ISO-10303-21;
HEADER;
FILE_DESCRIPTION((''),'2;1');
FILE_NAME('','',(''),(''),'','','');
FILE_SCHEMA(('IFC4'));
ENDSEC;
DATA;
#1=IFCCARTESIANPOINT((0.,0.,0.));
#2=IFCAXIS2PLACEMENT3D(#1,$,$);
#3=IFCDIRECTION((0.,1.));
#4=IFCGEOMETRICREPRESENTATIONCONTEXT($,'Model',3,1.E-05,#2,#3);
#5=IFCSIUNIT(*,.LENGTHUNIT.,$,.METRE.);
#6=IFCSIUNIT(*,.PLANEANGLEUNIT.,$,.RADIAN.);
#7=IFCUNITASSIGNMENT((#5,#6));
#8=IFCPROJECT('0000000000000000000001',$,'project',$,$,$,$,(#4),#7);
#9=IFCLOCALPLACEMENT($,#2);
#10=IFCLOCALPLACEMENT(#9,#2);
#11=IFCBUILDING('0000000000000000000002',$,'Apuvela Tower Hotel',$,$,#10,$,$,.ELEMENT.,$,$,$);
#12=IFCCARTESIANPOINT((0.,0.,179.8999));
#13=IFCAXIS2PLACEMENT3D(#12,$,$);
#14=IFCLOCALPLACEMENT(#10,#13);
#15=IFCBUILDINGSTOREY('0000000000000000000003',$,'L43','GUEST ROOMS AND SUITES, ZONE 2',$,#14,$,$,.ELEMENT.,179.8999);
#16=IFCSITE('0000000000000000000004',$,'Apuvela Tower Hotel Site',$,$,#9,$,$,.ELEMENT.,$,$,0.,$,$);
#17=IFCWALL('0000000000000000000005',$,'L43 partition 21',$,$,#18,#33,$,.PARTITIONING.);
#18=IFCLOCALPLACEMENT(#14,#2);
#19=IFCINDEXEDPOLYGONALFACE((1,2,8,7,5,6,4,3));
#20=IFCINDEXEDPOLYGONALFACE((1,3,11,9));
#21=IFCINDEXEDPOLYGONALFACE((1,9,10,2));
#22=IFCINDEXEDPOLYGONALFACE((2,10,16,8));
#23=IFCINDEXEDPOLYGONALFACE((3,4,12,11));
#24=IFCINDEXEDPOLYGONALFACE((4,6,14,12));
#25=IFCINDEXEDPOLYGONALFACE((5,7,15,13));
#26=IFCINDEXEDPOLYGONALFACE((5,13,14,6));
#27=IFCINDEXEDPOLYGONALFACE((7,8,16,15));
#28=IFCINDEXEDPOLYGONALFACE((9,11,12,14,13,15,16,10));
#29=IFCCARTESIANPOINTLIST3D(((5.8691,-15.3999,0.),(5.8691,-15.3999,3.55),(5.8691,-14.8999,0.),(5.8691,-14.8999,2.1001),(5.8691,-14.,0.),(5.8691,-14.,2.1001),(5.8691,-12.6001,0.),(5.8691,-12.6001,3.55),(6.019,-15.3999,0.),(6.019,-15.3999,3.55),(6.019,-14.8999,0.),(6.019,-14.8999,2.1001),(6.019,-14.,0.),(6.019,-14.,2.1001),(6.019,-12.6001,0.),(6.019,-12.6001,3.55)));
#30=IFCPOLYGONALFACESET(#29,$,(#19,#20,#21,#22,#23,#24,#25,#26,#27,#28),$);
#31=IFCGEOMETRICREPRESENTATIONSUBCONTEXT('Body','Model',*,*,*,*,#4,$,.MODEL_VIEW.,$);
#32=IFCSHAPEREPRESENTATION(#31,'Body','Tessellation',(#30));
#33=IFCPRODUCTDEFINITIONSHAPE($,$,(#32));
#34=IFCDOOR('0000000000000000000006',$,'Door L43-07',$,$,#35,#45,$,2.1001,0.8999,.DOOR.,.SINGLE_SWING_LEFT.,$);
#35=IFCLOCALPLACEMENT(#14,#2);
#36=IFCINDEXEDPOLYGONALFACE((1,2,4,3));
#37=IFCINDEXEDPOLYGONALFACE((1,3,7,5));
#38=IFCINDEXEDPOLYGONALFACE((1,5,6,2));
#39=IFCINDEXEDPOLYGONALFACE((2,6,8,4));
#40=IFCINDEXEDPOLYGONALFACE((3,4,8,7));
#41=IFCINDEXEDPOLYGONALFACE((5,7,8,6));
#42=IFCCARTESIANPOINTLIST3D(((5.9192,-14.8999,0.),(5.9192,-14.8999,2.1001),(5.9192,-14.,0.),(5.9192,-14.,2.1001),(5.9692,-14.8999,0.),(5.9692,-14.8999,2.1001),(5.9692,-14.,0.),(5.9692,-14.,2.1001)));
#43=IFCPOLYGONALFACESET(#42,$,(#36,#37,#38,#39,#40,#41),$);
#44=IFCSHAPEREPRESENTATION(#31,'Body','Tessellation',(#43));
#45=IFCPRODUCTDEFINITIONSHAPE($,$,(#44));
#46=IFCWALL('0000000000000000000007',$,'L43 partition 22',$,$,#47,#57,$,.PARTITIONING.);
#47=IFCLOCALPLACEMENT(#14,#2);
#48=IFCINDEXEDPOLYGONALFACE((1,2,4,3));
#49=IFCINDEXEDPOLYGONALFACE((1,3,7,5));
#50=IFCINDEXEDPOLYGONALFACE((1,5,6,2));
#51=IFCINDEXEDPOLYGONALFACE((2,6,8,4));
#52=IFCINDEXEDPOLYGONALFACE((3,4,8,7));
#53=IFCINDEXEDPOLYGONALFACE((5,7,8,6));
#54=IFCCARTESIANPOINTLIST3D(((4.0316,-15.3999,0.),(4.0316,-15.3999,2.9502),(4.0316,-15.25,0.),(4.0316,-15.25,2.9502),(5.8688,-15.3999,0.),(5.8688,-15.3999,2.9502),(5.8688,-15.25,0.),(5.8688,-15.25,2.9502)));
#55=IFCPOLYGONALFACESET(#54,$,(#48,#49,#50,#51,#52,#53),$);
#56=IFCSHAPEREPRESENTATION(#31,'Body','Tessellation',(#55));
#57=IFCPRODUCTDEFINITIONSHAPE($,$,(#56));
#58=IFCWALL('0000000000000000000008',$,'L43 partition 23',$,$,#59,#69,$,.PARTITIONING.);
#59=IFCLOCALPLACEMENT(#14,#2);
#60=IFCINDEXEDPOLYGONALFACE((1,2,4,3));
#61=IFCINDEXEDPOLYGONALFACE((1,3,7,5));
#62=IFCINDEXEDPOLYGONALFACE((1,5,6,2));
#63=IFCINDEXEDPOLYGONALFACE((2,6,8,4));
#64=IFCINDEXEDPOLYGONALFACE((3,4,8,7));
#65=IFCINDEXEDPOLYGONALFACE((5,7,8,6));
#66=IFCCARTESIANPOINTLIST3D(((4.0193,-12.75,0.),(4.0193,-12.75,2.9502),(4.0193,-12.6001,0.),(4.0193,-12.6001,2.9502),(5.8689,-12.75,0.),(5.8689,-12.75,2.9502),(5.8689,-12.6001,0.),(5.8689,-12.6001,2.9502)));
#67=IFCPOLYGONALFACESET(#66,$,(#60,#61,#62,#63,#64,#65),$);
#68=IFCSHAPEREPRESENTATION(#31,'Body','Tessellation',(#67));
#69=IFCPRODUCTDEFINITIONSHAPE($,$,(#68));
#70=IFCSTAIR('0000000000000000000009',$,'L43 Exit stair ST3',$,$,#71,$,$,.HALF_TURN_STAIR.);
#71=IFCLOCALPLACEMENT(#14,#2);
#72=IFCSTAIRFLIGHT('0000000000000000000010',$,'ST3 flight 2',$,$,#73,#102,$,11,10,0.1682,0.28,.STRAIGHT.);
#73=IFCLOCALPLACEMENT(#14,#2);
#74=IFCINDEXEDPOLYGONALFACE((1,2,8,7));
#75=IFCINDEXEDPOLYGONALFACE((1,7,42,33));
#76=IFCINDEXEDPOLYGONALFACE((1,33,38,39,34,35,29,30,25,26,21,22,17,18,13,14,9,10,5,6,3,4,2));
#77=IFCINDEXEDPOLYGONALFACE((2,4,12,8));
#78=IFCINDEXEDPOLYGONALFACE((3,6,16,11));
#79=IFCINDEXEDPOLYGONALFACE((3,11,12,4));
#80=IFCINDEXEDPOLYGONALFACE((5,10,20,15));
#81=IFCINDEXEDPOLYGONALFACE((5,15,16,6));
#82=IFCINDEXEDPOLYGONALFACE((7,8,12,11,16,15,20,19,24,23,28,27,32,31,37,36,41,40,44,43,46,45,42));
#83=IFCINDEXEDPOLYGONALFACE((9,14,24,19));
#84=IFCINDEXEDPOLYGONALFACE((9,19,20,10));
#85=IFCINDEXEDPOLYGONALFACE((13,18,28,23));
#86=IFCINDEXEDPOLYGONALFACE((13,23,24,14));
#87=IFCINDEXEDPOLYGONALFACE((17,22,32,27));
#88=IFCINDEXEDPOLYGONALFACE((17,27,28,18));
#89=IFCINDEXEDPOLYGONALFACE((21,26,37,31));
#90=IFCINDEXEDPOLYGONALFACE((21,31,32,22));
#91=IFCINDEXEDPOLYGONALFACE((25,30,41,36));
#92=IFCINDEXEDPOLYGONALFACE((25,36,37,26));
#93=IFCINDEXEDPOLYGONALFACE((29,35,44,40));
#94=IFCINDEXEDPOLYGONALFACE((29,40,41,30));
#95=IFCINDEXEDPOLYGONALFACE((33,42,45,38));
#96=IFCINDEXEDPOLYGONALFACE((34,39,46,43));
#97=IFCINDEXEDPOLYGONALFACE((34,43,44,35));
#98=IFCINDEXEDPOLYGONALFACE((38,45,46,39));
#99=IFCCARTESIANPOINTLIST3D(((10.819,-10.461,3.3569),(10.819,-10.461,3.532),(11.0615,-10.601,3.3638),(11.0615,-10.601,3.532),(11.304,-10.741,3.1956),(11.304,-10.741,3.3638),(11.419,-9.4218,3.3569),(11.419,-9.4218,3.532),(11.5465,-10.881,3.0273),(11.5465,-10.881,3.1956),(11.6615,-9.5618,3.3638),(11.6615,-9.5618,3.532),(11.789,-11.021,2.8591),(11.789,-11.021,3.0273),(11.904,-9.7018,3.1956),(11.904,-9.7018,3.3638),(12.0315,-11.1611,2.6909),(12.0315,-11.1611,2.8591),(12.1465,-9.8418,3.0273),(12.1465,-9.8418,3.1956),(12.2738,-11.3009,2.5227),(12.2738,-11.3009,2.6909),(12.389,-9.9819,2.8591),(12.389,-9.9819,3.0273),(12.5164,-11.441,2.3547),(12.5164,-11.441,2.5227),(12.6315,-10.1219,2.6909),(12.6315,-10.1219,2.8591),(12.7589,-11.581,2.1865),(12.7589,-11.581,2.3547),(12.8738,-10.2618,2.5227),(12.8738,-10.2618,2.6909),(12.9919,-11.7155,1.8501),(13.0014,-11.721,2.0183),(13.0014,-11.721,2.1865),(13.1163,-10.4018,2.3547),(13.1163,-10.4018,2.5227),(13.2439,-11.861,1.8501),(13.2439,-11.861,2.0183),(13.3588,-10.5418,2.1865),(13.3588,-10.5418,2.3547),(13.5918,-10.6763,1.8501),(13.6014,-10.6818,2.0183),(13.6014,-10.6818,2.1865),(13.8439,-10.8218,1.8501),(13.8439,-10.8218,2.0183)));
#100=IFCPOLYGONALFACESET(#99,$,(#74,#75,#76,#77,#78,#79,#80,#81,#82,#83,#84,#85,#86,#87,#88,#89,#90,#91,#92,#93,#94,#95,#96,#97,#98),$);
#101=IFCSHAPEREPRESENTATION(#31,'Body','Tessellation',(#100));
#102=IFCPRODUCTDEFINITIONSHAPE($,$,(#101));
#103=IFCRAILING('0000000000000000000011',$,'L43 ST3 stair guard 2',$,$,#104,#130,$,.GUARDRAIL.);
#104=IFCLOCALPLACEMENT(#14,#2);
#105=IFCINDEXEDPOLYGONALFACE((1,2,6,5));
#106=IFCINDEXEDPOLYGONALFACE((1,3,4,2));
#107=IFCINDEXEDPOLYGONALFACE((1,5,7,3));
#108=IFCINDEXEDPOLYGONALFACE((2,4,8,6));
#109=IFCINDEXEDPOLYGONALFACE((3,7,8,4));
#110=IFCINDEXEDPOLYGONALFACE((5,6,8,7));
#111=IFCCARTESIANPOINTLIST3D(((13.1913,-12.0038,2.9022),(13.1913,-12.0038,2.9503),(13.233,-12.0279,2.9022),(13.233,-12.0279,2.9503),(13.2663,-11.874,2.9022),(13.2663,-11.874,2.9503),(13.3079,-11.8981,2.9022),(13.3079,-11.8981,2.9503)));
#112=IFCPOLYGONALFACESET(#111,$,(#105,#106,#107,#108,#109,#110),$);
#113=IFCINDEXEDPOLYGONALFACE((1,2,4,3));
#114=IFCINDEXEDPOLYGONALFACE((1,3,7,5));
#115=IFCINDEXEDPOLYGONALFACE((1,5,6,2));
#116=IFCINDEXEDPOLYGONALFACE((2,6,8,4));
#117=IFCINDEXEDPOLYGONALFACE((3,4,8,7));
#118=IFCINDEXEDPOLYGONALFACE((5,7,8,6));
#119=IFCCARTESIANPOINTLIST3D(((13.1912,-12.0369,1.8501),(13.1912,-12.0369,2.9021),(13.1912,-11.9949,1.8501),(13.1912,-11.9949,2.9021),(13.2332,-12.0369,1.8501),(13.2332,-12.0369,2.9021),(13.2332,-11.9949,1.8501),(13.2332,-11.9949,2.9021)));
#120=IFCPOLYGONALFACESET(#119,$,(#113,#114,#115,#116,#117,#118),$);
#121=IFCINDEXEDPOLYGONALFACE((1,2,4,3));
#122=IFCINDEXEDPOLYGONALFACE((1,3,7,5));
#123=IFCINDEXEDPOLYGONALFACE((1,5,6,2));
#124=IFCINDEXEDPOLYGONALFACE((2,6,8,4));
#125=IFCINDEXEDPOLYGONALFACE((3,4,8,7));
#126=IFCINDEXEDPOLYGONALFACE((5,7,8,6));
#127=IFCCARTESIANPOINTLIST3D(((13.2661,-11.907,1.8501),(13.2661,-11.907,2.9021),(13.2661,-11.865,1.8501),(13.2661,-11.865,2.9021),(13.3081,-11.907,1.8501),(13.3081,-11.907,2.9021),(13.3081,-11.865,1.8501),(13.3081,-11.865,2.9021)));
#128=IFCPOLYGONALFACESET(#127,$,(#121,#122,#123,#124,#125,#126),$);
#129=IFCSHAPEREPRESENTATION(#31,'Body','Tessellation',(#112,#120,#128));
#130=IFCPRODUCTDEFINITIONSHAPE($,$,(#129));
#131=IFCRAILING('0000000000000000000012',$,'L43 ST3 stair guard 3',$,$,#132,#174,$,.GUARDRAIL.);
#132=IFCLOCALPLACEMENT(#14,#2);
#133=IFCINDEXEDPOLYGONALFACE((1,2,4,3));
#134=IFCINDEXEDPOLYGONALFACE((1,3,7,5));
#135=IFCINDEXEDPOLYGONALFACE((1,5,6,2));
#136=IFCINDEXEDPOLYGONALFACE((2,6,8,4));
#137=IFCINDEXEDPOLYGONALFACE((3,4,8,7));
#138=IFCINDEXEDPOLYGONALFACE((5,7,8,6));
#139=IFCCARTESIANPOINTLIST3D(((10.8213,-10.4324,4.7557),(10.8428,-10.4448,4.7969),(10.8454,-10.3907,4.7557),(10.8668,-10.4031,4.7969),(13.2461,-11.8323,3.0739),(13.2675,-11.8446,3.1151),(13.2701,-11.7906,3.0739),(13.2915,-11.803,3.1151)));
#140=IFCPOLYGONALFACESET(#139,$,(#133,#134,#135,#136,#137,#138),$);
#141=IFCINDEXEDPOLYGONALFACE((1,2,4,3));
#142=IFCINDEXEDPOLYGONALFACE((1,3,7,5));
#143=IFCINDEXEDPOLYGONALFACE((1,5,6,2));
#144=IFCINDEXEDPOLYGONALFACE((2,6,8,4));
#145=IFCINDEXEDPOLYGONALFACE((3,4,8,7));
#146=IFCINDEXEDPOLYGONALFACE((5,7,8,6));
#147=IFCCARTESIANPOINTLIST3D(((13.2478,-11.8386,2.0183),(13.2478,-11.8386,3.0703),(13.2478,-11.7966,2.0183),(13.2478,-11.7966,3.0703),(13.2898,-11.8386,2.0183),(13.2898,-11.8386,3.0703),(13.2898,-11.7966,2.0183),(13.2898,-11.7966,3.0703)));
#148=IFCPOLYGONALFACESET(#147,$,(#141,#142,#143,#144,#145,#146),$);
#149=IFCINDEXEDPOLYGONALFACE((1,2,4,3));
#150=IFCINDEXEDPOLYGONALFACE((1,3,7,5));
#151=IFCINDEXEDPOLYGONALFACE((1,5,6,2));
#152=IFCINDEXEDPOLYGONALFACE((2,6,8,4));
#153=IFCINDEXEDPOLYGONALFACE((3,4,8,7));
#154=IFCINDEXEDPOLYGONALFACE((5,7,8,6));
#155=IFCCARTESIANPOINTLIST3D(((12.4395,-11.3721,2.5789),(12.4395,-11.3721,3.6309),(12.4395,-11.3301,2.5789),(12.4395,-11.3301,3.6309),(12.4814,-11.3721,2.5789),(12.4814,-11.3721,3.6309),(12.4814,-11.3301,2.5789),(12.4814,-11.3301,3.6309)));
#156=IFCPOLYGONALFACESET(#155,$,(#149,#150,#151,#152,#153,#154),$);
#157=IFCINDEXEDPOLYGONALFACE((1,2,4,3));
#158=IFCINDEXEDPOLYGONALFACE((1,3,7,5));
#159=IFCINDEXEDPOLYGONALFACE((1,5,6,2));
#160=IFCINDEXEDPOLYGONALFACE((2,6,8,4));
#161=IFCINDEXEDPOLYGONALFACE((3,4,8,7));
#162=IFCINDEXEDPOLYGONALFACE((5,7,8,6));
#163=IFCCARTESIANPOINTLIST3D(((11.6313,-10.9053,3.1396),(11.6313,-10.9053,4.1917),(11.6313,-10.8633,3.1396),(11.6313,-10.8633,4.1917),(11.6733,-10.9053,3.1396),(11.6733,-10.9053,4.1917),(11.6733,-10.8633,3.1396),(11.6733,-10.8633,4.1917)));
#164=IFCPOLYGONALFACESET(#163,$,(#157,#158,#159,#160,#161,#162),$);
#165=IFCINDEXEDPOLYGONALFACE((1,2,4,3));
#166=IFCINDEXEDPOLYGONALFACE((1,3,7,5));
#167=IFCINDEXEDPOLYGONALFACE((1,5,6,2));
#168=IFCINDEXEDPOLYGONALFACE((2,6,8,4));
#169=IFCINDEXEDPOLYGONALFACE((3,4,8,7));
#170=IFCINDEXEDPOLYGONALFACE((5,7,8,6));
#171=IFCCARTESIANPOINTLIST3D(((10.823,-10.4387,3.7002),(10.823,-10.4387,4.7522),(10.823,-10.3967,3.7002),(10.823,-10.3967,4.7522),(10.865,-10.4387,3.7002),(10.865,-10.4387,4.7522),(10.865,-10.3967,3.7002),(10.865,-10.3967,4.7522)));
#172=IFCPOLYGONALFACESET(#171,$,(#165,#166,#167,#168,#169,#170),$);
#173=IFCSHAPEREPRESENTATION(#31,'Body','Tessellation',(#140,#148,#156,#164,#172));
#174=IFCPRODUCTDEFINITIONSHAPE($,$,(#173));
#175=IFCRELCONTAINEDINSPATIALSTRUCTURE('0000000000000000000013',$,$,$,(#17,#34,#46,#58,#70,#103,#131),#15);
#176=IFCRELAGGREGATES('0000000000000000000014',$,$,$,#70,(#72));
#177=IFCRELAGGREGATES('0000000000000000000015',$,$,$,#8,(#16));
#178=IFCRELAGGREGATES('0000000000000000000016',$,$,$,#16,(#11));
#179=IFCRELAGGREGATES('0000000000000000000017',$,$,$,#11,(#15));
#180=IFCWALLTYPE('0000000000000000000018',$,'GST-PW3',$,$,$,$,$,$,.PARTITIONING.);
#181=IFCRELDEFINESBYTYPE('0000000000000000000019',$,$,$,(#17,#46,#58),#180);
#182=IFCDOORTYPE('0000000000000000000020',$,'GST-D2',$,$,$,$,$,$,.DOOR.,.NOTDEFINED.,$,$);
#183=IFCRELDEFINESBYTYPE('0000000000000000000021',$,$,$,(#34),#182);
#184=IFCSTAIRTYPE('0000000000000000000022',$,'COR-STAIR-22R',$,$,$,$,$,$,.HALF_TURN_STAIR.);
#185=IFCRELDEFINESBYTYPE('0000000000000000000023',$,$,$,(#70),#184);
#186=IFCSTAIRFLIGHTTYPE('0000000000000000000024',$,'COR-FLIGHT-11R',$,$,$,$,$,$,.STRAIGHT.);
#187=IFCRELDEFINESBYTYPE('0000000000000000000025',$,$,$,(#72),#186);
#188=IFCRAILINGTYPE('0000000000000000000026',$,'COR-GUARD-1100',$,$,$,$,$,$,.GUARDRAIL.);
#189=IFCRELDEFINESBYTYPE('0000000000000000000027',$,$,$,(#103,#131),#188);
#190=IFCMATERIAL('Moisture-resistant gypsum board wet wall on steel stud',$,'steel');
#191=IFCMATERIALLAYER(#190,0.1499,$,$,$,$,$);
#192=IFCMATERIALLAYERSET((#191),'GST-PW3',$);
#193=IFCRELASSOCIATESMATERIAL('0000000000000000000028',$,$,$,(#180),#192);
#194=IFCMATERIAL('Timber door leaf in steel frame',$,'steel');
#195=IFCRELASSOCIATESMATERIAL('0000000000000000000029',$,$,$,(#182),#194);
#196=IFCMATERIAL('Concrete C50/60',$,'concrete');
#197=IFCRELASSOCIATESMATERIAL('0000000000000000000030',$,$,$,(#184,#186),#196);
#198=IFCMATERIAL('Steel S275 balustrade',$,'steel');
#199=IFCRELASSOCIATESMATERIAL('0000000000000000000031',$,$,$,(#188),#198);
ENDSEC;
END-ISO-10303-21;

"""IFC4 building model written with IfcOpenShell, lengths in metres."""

from ifc_helpers import new_model, si_unit, direction, frame, frame_2d, origin, origin_2d, place, context, subcontext, project, spatial, polyline, rectangle, outline, extrude, material, layer, layer_set, type_object, element, fill, aggregate, save


model = new_model("IFC4")

# Units and contexts
model_context = context("Model", 3, precision=1e-05, world=origin(), true_north=direction((0.0, 1.0)))
body_context = subcontext(model_context, "Body", "Model", "MODEL_VIEW")
ifc_project = project(units=[si_unit("LENGTHUNIT", "METRE"), si_unit("PLANEANGLEUNIT", "RADIAN")], contexts=[model_context])

# Site, building, storey
site_placement = place(None, origin())
site = spatial("IfcSite", under=ifc_project, at=site_placement, Name="Apuvela Tower Hotel Site", CompositionType="ELEMENT", RefElevation=0.0)
building_placement = place(site_placement, origin())
building = spatial("IfcBuilding", under=site, at=building_placement, Name="Apuvela Tower Hotel", CompositionType="ELEMENT")
storey_placement = place(building_placement, frame((0.0, 0.0, 179.8999)))
storey = spatial("IfcBuildingStorey", under=building, at=storey_placement, Name="L43", Description="GUEST ROOMS AND SUITES, ZONE 2", CompositionType="ELEMENT", Elevation=179.8999)

# Wall, opening, door
ifc_material_1 = material(Name="Moisture-resistant gypsum board wet wall on steel stud", Category="steel")
ifc_layer_1 = layer(ifc_material_1, 0.1499)
ifc_layer_set_1 = layer_set([ifc_layer_1], Name="GST-PW3")
wall_type_1 = type_object("IfcWallType", Name="GST-PW3", PredefinedType="PARTITIONING", material=ifc_layer_set_1)
wall_1_placement = place(storey_placement, frame((5.9441, -15.3999, 0.0), z_axis=(0.0, 0.0, 1.0), x_axis=(0.0, 1.0, 0.0)))
wall_1 = element("IfcWall", 1, at=wall_1_placement, inside=storey, type_object=wall_type_1, Name="L43 partition 21", PredefinedType="PARTITIONING", context=body_context, shape_type="SweptSolid", body=[
    extrude(rectangle(XDim=2.7998, YDim=0.1499, at=frame_2d((1.3999, 0.0))), origin(), (0.0, 0.0, 1.0), 3.55),
])
opening_1_placement = place(wall_1_placement, frame((0.5, 0.0, 0.0)))
opening_1 = element("IfcOpeningElement", 2, at=opening_1_placement, cuts=wall_1, PredefinedType="OPENING", context=body_context, shape_type="SweptSolid", body=[
    extrude(rectangle(XDim=0.8999, YDim=2.1001, at=frame_2d((0.45, 1.05))), frame((0.0, 0.085, 0.0), z_axis=(0.0, -1.0, 0.0), x_axis=(1.0, 0.0, 0.0)), (0.0, 0.0, 1.0), 0.1699),
])
ifc_material_2 = material(Name="Timber door leaf in steel frame", Category="steel")
door_type_1 = type_object("IfcDoorType", Name="GST-D2", OperationType="NOTDEFINED", PredefinedType="DOOR", material=ifc_material_2)
door_1_placement = place(opening_1_placement, origin())
door_1 = element("IfcDoor", 3, at=door_1_placement, inside=storey, type_object=door_type_1, Name="Door L43-07", OperationType="SINGLE_SWING_LEFT", OverallHeight=2.1001, OverallWidth=0.8999, PredefinedType="DOOR", context=body_context, shape_type="SweptSolid", body=[
    extrude(rectangle(XDim=0.8999, YDim=2.1001, at=frame_2d((0.45, 1.05))), frame((0.0, 0.0249, 0.0), z_axis=(0.0, -1.0, 0.0), x_axis=(1.0, 0.0, 0.0)), (0.0, 0.0, 1.0), 0.05),
])
fill(opening_1, door_1)

# Walls
wall_2_placement = place(storey_placement, frame((4.0317, -15.325, 0.0), z_axis=(0.0, 0.0, 1.0), x_axis=(1.0, 0.0, 0.0)))
element("IfcWall", 4, at=wall_2_placement, inside=storey, type_object=wall_type_1, Name="L43 partition 22", PredefinedType="PARTITIONING", context=body_context, shape_type="SweptSolid", body=[
    extrude(rectangle(XDim=1.8372, YDim=0.1499, at=frame_2d((0.9185, 0.0))), origin(), (0.0, 0.0, 1.0), 2.9502),
])
wall_3_placement = place(storey_placement, frame((4.0193, -12.675, 0.0), z_axis=(0.0, 0.0, 1.0), x_axis=(1.0, 0.0, 0.0)))
element("IfcWall", 5, at=wall_3_placement, inside=storey, type_object=wall_type_1, Name="L43 partition 23", PredefinedType="PARTITIONING", context=body_context, shape_type="SweptSolid", body=[
    extrude(rectangle(XDim=1.8496, YDim=0.1499, at=frame_2d((0.9248, 0.0))), origin(), (0.0, 0.0, 1.0), 2.9502),
])

# Stair, stair flight
ifc_material_3 = material(Name="Concrete C50/60", Category="concrete")
stair_type = type_object("IfcStairType", Name="COR-STAIR-22R", PredefinedType="HALF_TURN_STAIR", material=ifc_material_3)
stair_placement = place(storey_placement, origin())
stair = element("IfcStair", 6, at=stair_placement, inside=storey, type_object=stair_type, Name="L43 Exit stair ST3", PredefinedType="HALF_TURN_STAIR")
stair_flight_type = type_object("IfcStairFlightType", Name="COR-FLIGHT-11R", PredefinedType="STRAIGHT", material=ifc_material_3)
stair_flight_placement = place(storey_placement, frame((13.5439, -11.3413, 1.8501), z_axis=(0.0, 0.0, 1.0), x_axis=(-0.866025, 0.5, 0.0)))
stair_flight = element("IfcStairFlight", 7, at=stair_flight_placement, type_object=stair_flight_type, Name="ST3 flight 2", NumberOfRisers=11, NumberOfTreads=10, PredefinedType="STRAIGHT", RiserHeight=0.1682, TreadLength=0.28, context=body_context, shape_type="SweptSolid", body=[
    extrude(outline(polyline([(0.0, 0.0), (0.0, 0.1682), (0.28, 0.1682), (0.28, 0.3364), (0.5601, 0.3364), (0.5601, 0.5046), (0.8401, 0.5046), (0.8401, 0.6726), (1.1201, 0.6726), (1.1201, 0.8408), (1.3999, 0.8408), (1.3999, 1.009), (1.6799, 1.009), (1.6799, 1.1772), (1.96, 1.1772), (1.96, 1.3455), (2.24, 1.3455), (2.24, 1.5137), (2.52, 1.5137), (2.52, 1.6819), (2.8, 1.6819), (2.8, 1.8501), (2.8, 1.5068), (0.291, 0.0), (0.0, 0.0)])), frame((0.0, 0.6001, 0.0), z_axis=(0.0, -1.0, 0.0), x_axis=(1.0, 0.0, 0.0)), (0.0, 0.0, 1.0), 1.2),
])
aggregate(stair, [stair_flight])

# Railings
ifc_material_4 = material(Name="Steel S275 balustrade", Category="steel")
railing_type_1 = type_object("IfcRailingType", Name="COR-GUARD-1100", PredefinedType="GUARDRAIL", material=ifc_material_4)
railing_1_placement = place(storey_placement, frame((13.2122, -12.0159, 1.8501)))
element("IfcRailing", 8, at=railing_1_placement, inside=storey, type_object=railing_type_1, Name="L43 ST3 stair guard 2", PredefinedType="GUARDRAIL", context=body_context, shape_type="SweptSolid", body=[
    extrude(rectangle(XDim=0.0481, YDim=0.0481, at=origin_2d()), frame((0.0, 0.0, 1.0762), z_axis=(0.499816, 0.866131, 0.0), x_axis=(-0.866131, 0.499816, 0.0)), (0.0, 0.0, 1.0), 0.1499),
    extrude(rectangle(XDim=0.042, YDim=0.042, at=origin_2d()), origin(), (0.0, 0.0, 1.0), 1.052),
    extrude(rectangle(XDim=0.042, YDim=0.042, at=origin_2d()), frame((0.075, 0.1299, 0.0)), (0.0, 0.0, 1.0), 1.052),
])
railing_2_placement = place(storey_placement, frame((13.2688, -11.8176, 2.0183)))
element("IfcRailing", 9, at=railing_2_placement, inside=storey, type_object=railing_type_1, Name="L43 ST3 stair guard 3", PredefinedType="GUARDRAIL", context=body_context, shape_type="SweptSolid", body=[
    extrude(rectangle(XDim=0.0481, YDim=0.0481, at=origin_2d()), frame((0.0, 0.0, 1.0762), z_axis=(-0.74239, 0.428601, 0.514934), x_axis=(-0.499984, -0.866035, 0.0)), (0.0, 0.0, 1.0), 3.2661),
    extrude(rectangle(XDim=0.042, YDim=0.042, at=origin_2d()), origin(), (0.0, 0.0, 1.0), 1.052),
    extrude(rectangle(XDim=0.042, YDim=0.042, at=origin_2d()), frame((-0.8083, 0.4666, 0.5605)), (0.0, 0.0, 1.0), 1.052),
    extrude(rectangle(XDim=0.042, YDim=0.042, at=origin_2d()), frame((-1.6165, 0.9333, 1.1213)), (0.0, 0.0, 1.0), 1.052),
    extrude(rectangle(XDim=0.042, YDim=0.042, at=origin_2d()), frame((-2.4248, 1.3999, 1.6819)), (0.0, 0.0, 1.0), 1.052),
])

save(model, "model.ifc")
